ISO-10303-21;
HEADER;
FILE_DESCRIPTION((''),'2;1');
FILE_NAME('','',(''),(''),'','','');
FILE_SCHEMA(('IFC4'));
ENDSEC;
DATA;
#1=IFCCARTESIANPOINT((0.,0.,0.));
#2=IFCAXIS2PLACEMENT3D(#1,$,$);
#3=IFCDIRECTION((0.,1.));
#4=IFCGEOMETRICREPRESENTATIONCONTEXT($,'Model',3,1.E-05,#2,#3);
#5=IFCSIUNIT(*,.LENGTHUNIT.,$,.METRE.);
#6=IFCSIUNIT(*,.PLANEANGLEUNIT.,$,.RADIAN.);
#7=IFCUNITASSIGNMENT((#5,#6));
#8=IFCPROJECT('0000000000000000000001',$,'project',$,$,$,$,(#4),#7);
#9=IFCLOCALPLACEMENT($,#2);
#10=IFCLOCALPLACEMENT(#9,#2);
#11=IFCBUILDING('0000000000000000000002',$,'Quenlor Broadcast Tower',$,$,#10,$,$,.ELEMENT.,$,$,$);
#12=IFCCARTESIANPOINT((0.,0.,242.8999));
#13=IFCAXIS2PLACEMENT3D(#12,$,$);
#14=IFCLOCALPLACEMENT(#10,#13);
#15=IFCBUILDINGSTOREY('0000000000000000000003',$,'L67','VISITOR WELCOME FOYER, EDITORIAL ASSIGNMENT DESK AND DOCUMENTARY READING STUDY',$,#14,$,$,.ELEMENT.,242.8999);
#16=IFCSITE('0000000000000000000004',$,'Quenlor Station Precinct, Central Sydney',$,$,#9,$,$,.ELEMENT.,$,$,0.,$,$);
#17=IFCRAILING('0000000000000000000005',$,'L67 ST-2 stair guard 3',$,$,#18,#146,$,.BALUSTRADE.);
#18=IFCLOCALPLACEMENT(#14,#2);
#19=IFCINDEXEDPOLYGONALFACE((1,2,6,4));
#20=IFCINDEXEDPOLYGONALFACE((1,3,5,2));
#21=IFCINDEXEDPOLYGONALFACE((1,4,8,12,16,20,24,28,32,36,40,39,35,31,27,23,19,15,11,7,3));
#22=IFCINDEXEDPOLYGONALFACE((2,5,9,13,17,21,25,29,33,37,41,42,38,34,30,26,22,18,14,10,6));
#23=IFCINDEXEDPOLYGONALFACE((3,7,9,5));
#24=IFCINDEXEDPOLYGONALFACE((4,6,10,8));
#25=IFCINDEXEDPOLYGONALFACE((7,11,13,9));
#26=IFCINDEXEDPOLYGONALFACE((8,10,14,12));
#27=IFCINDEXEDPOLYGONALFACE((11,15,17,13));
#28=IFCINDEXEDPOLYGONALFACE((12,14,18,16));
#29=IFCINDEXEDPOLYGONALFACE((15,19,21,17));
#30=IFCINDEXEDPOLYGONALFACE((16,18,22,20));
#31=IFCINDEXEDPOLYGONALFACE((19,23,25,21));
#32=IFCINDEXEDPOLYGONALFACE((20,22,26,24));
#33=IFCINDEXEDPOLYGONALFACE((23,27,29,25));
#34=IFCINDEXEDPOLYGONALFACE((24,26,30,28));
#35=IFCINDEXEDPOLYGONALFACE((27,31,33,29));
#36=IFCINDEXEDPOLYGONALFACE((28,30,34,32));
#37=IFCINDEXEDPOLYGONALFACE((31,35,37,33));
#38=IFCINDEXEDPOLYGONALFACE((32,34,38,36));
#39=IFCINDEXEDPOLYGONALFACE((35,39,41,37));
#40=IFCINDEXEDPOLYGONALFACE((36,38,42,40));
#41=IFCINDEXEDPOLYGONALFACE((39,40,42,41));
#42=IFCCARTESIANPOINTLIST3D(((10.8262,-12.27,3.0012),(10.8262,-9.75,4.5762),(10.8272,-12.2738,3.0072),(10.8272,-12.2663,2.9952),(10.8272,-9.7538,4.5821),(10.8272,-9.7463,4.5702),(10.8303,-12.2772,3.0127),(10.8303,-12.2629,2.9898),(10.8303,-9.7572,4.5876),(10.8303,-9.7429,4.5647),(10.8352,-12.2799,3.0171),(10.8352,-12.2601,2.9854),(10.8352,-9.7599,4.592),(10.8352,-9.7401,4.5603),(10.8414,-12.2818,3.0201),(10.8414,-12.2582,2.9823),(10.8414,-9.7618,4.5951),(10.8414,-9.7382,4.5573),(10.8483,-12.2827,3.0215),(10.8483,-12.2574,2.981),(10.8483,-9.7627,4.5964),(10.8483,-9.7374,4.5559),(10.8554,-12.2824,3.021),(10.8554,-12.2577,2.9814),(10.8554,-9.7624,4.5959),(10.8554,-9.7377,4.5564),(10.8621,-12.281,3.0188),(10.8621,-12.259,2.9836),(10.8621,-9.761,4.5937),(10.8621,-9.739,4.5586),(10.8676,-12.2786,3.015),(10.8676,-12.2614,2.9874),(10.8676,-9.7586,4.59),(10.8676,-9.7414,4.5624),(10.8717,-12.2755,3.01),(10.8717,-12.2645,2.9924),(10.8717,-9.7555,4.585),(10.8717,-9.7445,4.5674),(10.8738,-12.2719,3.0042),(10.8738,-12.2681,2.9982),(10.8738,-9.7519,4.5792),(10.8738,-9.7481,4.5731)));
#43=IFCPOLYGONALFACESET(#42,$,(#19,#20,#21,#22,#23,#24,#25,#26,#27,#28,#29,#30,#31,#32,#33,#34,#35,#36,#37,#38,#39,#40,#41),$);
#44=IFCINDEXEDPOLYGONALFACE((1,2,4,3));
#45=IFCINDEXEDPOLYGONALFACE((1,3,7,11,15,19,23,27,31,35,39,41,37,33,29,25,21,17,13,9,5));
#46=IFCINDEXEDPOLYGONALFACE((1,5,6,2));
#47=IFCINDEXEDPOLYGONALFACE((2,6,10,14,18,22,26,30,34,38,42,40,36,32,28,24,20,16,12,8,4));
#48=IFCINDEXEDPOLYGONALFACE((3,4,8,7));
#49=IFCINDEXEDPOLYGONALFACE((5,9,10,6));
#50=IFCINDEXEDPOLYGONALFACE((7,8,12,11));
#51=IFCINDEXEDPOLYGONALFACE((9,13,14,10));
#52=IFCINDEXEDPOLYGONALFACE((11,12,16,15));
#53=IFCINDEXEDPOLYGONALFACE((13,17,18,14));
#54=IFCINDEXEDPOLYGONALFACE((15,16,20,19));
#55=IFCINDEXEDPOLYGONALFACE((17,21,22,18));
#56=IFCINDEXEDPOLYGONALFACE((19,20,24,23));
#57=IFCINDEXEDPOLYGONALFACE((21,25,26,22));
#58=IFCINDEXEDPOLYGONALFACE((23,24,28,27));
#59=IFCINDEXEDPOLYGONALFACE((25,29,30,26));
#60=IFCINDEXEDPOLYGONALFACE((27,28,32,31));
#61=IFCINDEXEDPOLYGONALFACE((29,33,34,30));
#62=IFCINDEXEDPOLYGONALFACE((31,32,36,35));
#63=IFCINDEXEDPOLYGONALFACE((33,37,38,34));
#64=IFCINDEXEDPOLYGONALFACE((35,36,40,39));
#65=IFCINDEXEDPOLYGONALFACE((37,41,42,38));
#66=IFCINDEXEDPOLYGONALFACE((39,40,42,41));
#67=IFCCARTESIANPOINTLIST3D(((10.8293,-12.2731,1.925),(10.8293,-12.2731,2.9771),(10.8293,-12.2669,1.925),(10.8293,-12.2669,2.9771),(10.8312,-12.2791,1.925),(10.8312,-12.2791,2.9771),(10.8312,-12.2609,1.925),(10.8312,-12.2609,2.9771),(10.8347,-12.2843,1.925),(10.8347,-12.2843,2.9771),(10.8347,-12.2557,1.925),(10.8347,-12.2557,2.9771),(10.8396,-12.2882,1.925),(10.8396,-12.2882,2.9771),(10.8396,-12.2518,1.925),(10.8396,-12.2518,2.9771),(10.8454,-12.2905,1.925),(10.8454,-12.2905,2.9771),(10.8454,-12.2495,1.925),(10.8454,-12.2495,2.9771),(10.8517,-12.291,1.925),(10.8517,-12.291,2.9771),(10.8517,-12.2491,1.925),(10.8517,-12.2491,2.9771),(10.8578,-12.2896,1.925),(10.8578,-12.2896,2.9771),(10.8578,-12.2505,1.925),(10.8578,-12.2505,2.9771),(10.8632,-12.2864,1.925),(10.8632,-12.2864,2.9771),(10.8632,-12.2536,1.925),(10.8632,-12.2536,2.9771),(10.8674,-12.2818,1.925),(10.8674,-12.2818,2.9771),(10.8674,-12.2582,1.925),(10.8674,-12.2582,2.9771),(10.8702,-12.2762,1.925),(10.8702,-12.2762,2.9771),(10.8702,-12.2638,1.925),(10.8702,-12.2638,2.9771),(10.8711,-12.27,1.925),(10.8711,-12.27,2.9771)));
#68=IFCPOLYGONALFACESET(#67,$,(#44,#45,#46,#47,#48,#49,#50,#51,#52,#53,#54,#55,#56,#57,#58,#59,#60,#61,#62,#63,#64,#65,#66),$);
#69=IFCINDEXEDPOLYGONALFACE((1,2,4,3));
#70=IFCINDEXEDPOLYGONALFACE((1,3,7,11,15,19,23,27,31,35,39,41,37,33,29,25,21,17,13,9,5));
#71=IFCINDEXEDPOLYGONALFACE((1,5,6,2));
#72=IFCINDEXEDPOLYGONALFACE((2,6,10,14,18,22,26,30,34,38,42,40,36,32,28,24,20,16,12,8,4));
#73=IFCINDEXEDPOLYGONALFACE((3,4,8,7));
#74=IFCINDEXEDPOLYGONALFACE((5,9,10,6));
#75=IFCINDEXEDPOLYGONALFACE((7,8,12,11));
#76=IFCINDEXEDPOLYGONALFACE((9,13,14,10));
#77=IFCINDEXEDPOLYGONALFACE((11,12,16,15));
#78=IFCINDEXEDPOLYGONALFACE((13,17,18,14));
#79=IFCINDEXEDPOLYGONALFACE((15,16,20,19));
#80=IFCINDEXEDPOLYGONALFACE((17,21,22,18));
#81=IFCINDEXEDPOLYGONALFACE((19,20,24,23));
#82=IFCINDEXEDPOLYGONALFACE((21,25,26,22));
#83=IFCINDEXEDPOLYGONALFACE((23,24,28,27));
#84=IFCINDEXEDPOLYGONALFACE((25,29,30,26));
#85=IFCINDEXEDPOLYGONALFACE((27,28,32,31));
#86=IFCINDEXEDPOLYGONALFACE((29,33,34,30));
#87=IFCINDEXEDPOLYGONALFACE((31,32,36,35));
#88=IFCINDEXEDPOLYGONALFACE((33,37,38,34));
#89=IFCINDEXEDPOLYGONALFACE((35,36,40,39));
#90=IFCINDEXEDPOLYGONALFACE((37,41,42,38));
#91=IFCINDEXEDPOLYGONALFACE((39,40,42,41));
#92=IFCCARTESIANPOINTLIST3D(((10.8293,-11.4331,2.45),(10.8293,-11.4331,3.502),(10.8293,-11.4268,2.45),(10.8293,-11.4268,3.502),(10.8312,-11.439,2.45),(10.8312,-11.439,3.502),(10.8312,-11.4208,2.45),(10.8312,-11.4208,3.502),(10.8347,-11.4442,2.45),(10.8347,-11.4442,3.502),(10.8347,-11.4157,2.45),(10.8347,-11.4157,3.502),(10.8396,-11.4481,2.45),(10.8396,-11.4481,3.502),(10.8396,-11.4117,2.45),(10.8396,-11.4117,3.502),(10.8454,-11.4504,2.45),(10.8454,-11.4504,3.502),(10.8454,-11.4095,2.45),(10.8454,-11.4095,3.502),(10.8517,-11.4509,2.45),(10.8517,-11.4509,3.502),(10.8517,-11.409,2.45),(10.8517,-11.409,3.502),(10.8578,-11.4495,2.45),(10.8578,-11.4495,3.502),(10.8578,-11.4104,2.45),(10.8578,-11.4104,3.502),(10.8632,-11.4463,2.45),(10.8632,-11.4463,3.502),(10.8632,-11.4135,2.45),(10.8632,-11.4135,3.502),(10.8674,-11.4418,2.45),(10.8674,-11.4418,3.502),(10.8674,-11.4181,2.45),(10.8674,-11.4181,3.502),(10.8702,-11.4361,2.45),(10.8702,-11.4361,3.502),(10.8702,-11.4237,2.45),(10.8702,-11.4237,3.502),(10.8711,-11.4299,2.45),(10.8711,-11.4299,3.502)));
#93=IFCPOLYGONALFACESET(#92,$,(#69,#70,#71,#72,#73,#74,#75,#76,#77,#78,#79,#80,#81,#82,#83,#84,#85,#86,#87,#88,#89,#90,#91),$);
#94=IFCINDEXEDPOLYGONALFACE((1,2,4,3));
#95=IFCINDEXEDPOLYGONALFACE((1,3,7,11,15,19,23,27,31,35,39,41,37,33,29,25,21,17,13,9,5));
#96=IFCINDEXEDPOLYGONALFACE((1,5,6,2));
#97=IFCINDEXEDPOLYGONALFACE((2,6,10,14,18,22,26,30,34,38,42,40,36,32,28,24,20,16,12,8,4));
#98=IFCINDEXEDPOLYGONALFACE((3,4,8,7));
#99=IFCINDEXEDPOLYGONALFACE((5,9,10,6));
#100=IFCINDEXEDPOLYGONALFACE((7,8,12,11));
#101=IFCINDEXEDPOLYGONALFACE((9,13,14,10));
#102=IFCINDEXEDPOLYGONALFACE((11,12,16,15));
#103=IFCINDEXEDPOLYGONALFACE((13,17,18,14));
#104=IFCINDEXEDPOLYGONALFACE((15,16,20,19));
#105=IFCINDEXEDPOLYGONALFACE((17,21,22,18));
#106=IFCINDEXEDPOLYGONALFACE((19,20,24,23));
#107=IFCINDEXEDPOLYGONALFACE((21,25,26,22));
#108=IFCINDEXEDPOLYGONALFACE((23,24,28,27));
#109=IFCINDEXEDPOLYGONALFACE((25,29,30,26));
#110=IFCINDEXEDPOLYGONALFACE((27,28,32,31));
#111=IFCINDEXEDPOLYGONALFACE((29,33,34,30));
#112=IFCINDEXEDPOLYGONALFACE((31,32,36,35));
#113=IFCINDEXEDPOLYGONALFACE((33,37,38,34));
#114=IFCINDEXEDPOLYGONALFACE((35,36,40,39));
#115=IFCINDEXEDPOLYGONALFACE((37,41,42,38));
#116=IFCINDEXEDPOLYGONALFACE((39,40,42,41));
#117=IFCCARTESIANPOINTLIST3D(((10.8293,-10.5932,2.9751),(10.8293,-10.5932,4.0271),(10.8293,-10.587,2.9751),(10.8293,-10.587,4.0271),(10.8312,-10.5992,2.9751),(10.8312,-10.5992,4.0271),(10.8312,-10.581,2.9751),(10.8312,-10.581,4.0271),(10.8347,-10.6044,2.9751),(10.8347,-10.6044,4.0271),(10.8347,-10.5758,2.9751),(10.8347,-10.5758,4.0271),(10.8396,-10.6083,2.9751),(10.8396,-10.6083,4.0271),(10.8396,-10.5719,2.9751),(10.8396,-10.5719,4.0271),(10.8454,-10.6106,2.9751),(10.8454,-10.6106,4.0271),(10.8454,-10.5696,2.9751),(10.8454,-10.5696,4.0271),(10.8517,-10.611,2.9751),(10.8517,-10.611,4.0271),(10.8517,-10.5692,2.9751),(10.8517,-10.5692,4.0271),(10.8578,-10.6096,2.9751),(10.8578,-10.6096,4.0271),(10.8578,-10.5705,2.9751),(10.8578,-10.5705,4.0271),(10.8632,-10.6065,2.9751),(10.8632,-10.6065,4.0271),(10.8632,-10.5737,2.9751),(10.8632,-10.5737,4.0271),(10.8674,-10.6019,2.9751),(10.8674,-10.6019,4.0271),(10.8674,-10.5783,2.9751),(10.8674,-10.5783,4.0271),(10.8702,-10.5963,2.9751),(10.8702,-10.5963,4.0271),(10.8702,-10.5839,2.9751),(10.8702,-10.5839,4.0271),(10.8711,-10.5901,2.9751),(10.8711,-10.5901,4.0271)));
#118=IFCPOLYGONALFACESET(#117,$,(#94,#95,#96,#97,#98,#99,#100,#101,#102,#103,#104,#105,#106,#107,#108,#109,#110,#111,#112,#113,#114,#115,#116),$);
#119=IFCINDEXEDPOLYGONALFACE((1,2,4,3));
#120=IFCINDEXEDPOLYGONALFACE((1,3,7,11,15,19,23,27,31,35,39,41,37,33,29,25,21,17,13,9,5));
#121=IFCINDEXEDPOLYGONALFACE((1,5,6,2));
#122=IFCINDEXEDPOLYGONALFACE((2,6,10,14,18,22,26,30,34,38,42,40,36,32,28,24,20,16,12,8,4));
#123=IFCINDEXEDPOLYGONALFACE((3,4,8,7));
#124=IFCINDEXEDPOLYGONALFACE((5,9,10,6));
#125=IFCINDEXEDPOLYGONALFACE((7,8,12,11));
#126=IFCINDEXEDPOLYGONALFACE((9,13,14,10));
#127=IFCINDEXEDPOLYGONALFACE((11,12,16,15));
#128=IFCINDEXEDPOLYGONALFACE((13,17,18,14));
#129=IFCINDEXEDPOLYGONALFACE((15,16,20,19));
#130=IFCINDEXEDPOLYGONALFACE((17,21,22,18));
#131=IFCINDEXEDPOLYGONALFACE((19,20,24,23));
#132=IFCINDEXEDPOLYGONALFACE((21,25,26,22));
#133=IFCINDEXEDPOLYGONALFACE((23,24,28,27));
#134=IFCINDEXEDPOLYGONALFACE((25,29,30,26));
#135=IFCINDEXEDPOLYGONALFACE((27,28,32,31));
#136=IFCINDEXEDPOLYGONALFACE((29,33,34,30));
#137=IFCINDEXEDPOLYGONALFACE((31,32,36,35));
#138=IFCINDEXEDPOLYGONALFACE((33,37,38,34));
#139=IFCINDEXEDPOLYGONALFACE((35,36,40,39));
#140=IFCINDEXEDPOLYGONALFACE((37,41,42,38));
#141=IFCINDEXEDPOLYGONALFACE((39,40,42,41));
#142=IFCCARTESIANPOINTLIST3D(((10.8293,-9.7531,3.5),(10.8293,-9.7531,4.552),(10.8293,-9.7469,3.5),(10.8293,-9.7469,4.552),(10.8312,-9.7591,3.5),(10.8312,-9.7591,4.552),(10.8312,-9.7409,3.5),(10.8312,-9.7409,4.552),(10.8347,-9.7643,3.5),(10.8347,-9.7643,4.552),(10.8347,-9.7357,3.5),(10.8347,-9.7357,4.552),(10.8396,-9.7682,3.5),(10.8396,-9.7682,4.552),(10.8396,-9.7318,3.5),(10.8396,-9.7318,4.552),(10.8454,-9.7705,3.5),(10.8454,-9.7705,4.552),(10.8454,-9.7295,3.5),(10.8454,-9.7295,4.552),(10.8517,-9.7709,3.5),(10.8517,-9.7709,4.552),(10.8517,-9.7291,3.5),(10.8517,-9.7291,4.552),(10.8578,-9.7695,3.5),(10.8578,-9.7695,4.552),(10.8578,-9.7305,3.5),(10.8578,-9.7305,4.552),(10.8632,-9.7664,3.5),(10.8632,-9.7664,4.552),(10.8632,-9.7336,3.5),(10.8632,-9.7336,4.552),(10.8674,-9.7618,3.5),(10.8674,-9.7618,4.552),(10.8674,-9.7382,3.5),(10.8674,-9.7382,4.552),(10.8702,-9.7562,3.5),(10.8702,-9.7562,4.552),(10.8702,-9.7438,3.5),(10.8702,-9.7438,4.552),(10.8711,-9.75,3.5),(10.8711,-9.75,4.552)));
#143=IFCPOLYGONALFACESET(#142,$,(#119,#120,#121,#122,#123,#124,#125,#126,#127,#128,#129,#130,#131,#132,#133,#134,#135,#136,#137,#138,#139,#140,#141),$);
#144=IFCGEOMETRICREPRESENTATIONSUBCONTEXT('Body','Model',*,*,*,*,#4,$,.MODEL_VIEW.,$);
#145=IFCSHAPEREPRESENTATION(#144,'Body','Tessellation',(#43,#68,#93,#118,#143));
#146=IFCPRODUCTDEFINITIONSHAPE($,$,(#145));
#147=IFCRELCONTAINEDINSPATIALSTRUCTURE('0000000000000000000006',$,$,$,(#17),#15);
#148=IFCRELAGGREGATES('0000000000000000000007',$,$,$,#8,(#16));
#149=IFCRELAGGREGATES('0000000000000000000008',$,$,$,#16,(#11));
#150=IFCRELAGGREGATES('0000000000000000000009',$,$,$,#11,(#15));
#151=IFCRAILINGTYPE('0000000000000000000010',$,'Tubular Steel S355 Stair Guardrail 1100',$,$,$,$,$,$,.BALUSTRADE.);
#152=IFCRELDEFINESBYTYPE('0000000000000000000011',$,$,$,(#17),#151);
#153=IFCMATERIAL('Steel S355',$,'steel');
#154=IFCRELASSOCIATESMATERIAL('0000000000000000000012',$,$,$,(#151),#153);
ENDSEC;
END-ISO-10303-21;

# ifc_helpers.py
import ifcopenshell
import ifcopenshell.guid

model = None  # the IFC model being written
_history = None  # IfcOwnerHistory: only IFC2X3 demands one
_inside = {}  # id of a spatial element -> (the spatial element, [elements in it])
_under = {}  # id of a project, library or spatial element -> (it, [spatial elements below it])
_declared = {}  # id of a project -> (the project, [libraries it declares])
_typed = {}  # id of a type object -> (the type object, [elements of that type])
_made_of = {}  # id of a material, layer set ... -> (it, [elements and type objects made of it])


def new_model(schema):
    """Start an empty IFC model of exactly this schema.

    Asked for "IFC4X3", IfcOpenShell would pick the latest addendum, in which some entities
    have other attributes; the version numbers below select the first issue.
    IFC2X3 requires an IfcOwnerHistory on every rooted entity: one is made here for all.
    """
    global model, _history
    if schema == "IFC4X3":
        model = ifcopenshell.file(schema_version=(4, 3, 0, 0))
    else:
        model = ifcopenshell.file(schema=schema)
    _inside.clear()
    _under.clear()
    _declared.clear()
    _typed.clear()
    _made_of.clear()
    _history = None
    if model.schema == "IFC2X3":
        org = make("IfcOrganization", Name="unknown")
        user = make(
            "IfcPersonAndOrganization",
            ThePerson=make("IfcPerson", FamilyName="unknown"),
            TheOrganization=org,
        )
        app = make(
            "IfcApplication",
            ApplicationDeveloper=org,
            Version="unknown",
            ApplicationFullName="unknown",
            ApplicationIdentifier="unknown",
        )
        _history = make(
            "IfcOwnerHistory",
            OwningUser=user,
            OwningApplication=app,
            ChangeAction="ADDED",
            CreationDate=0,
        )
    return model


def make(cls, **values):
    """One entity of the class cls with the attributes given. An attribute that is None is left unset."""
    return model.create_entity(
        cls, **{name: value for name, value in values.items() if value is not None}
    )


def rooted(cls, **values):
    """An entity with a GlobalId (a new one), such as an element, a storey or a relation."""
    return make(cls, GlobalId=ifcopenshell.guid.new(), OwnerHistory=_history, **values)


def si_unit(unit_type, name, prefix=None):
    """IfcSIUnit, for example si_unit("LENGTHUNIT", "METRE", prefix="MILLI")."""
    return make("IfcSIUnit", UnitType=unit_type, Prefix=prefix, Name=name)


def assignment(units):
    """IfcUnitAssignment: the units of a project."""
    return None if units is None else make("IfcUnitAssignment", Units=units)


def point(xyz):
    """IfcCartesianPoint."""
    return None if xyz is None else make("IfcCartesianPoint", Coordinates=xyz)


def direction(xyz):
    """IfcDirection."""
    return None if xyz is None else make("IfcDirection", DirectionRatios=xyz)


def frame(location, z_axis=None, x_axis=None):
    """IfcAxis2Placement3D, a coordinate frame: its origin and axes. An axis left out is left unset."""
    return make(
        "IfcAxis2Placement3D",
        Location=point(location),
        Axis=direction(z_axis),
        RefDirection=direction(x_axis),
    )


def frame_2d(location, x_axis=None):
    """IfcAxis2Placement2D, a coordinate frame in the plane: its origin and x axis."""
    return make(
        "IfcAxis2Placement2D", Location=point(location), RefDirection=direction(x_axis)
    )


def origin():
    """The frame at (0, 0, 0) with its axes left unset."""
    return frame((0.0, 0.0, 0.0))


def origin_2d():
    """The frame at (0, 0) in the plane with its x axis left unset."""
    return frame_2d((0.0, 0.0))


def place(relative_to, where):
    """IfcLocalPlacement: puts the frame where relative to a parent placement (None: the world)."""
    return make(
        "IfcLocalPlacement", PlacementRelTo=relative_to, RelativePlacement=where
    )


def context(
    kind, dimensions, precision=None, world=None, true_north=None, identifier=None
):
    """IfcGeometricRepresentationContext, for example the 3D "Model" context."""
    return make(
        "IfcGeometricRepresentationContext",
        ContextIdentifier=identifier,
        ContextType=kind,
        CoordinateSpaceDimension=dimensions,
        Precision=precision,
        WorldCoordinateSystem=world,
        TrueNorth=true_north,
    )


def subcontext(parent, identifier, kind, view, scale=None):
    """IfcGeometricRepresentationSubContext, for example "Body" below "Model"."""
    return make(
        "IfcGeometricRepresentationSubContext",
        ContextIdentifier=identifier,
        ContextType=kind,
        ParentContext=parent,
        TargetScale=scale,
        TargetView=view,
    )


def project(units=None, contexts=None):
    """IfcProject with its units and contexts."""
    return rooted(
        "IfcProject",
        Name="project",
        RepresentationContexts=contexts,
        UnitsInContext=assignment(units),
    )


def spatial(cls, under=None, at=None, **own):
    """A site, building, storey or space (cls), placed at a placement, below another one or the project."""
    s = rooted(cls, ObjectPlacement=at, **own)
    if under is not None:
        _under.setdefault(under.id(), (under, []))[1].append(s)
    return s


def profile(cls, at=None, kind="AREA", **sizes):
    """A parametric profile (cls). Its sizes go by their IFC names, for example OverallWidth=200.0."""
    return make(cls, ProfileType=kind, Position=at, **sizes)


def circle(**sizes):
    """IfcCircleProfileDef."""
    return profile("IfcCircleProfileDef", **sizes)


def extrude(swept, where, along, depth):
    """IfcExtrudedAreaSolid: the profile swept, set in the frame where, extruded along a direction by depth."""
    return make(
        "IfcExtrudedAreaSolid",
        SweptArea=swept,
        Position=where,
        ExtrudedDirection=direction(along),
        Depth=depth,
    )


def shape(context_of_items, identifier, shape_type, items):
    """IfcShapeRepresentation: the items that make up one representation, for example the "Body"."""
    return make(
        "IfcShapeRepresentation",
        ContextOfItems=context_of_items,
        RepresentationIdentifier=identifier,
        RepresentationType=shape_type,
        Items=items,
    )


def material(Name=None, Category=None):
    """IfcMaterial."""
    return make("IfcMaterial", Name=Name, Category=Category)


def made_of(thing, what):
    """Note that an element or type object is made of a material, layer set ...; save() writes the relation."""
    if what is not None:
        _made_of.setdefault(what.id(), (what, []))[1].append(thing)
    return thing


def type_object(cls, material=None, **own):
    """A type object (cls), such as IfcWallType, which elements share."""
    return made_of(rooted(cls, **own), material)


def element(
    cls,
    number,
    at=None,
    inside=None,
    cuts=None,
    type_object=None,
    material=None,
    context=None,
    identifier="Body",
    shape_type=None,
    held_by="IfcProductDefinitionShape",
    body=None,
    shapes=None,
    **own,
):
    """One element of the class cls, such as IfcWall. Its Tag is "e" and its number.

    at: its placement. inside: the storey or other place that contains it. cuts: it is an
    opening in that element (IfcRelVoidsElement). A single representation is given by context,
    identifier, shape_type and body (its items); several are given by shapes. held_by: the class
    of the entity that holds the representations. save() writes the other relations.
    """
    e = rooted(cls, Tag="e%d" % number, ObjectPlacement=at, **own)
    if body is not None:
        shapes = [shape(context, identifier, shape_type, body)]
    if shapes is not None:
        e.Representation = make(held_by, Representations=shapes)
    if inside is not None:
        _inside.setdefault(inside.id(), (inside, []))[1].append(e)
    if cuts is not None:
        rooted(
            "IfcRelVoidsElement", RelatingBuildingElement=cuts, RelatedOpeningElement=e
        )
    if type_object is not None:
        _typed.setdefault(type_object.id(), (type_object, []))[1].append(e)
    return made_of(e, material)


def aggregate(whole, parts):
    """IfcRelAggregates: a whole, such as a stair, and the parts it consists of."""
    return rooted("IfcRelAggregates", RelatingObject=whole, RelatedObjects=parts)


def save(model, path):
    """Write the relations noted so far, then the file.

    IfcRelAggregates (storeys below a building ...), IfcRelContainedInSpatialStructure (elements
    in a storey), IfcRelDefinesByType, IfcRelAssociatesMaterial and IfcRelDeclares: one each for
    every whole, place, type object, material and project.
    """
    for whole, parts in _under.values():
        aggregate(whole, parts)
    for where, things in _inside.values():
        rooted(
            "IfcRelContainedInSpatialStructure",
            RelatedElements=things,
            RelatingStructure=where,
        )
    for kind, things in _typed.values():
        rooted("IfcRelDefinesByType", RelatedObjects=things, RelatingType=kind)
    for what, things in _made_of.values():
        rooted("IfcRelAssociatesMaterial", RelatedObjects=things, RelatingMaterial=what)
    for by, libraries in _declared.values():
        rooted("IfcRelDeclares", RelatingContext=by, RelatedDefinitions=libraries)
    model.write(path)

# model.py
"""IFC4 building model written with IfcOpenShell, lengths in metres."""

from ifc_helpers import new_model, si_unit, direction, frame, origin, origin_2d, place, context, subcontext, project, spatial, circle, extrude, material, type_object, element, save


model = new_model("IFC4")

# Units and contexts
model_context = context("Model", 3, precision=1e-05, world=origin(), true_north=direction((0.0, 1.0)))
body_context = subcontext(model_context, "Body", "Model", "MODEL_VIEW")
ifc_project = project(units=[si_unit("LENGTHUNIT", "METRE"), si_unit("PLANEANGLEUNIT", "RADIAN")], contexts=[model_context])

# Site, building, storey
site_placement = place(None, origin())
site = spatial("IfcSite", under=ifc_project, at=site_placement, Name="Quenlor Station Precinct, Central Sydney", CompositionType="ELEMENT", RefElevation=0.0)
building_placement = place(site_placement, origin())
building = spatial("IfcBuilding", under=site, at=building_placement, Name="Quenlor Broadcast Tower", CompositionType="ELEMENT")
storey_placement = place(building_placement, frame((0.0, 0.0, 242.8999)))
storey = spatial("IfcBuildingStorey", under=building, at=storey_placement, Name="L67", Description="VISITOR WELCOME FOYER, EDITORIAL ASSIGNMENT DESK AND DOCUMENTARY READING STUDY", CompositionType="ELEMENT", Elevation=242.8999)

# Railing
ifc_material_1 = material(Name="Steel S355", Category="steel")
railing_type = type_object("IfcRailingType", Name="Tubular Steel S355 Stair Guardrail 1100", PredefinedType="BALUSTRADE", material=ifc_material_1)
railing_1_placement = place(storey_placement, frame((10.8501, -12.27, 1.925)))
element("IfcRailing", 1, at=railing_1_placement, inside=storey, type_object=railing_type, Name="L67 ST-2 stair guard 3", PredefinedType="BALUSTRADE", context=body_context, shape_type="SweptSolid", body=[
    extrude(circle(Radius=0.0239, at=origin_2d()), frame((0.0, 0.0, 1.0762), z_axis=(0.0, 0.848008, 0.529984), x_axis=(-1.0, 0.0, 0.0)), (0.0, 0.0, 1.0), 2.9717),
    extrude(circle(Radius=0.021, at=origin_2d()), origin(), (0.0, 0.0, 1.0), 1.052),
    extrude(circle(Radius=0.021, at=origin_2d()), frame((0.0, 0.8401, 0.5249)), (0.0, 0.0, 1.0), 1.052),
    extrude(circle(Radius=0.021, at=origin_2d()), frame((0.0, 1.6799, 1.05)), (0.0, 0.0, 1.0), 1.052),
    extrude(circle(Radius=0.021, at=origin_2d()), frame((0.0, 2.52, 1.575)), (0.0, 0.0, 1.0), 1.052),
])

save(model, "model.ifc")
